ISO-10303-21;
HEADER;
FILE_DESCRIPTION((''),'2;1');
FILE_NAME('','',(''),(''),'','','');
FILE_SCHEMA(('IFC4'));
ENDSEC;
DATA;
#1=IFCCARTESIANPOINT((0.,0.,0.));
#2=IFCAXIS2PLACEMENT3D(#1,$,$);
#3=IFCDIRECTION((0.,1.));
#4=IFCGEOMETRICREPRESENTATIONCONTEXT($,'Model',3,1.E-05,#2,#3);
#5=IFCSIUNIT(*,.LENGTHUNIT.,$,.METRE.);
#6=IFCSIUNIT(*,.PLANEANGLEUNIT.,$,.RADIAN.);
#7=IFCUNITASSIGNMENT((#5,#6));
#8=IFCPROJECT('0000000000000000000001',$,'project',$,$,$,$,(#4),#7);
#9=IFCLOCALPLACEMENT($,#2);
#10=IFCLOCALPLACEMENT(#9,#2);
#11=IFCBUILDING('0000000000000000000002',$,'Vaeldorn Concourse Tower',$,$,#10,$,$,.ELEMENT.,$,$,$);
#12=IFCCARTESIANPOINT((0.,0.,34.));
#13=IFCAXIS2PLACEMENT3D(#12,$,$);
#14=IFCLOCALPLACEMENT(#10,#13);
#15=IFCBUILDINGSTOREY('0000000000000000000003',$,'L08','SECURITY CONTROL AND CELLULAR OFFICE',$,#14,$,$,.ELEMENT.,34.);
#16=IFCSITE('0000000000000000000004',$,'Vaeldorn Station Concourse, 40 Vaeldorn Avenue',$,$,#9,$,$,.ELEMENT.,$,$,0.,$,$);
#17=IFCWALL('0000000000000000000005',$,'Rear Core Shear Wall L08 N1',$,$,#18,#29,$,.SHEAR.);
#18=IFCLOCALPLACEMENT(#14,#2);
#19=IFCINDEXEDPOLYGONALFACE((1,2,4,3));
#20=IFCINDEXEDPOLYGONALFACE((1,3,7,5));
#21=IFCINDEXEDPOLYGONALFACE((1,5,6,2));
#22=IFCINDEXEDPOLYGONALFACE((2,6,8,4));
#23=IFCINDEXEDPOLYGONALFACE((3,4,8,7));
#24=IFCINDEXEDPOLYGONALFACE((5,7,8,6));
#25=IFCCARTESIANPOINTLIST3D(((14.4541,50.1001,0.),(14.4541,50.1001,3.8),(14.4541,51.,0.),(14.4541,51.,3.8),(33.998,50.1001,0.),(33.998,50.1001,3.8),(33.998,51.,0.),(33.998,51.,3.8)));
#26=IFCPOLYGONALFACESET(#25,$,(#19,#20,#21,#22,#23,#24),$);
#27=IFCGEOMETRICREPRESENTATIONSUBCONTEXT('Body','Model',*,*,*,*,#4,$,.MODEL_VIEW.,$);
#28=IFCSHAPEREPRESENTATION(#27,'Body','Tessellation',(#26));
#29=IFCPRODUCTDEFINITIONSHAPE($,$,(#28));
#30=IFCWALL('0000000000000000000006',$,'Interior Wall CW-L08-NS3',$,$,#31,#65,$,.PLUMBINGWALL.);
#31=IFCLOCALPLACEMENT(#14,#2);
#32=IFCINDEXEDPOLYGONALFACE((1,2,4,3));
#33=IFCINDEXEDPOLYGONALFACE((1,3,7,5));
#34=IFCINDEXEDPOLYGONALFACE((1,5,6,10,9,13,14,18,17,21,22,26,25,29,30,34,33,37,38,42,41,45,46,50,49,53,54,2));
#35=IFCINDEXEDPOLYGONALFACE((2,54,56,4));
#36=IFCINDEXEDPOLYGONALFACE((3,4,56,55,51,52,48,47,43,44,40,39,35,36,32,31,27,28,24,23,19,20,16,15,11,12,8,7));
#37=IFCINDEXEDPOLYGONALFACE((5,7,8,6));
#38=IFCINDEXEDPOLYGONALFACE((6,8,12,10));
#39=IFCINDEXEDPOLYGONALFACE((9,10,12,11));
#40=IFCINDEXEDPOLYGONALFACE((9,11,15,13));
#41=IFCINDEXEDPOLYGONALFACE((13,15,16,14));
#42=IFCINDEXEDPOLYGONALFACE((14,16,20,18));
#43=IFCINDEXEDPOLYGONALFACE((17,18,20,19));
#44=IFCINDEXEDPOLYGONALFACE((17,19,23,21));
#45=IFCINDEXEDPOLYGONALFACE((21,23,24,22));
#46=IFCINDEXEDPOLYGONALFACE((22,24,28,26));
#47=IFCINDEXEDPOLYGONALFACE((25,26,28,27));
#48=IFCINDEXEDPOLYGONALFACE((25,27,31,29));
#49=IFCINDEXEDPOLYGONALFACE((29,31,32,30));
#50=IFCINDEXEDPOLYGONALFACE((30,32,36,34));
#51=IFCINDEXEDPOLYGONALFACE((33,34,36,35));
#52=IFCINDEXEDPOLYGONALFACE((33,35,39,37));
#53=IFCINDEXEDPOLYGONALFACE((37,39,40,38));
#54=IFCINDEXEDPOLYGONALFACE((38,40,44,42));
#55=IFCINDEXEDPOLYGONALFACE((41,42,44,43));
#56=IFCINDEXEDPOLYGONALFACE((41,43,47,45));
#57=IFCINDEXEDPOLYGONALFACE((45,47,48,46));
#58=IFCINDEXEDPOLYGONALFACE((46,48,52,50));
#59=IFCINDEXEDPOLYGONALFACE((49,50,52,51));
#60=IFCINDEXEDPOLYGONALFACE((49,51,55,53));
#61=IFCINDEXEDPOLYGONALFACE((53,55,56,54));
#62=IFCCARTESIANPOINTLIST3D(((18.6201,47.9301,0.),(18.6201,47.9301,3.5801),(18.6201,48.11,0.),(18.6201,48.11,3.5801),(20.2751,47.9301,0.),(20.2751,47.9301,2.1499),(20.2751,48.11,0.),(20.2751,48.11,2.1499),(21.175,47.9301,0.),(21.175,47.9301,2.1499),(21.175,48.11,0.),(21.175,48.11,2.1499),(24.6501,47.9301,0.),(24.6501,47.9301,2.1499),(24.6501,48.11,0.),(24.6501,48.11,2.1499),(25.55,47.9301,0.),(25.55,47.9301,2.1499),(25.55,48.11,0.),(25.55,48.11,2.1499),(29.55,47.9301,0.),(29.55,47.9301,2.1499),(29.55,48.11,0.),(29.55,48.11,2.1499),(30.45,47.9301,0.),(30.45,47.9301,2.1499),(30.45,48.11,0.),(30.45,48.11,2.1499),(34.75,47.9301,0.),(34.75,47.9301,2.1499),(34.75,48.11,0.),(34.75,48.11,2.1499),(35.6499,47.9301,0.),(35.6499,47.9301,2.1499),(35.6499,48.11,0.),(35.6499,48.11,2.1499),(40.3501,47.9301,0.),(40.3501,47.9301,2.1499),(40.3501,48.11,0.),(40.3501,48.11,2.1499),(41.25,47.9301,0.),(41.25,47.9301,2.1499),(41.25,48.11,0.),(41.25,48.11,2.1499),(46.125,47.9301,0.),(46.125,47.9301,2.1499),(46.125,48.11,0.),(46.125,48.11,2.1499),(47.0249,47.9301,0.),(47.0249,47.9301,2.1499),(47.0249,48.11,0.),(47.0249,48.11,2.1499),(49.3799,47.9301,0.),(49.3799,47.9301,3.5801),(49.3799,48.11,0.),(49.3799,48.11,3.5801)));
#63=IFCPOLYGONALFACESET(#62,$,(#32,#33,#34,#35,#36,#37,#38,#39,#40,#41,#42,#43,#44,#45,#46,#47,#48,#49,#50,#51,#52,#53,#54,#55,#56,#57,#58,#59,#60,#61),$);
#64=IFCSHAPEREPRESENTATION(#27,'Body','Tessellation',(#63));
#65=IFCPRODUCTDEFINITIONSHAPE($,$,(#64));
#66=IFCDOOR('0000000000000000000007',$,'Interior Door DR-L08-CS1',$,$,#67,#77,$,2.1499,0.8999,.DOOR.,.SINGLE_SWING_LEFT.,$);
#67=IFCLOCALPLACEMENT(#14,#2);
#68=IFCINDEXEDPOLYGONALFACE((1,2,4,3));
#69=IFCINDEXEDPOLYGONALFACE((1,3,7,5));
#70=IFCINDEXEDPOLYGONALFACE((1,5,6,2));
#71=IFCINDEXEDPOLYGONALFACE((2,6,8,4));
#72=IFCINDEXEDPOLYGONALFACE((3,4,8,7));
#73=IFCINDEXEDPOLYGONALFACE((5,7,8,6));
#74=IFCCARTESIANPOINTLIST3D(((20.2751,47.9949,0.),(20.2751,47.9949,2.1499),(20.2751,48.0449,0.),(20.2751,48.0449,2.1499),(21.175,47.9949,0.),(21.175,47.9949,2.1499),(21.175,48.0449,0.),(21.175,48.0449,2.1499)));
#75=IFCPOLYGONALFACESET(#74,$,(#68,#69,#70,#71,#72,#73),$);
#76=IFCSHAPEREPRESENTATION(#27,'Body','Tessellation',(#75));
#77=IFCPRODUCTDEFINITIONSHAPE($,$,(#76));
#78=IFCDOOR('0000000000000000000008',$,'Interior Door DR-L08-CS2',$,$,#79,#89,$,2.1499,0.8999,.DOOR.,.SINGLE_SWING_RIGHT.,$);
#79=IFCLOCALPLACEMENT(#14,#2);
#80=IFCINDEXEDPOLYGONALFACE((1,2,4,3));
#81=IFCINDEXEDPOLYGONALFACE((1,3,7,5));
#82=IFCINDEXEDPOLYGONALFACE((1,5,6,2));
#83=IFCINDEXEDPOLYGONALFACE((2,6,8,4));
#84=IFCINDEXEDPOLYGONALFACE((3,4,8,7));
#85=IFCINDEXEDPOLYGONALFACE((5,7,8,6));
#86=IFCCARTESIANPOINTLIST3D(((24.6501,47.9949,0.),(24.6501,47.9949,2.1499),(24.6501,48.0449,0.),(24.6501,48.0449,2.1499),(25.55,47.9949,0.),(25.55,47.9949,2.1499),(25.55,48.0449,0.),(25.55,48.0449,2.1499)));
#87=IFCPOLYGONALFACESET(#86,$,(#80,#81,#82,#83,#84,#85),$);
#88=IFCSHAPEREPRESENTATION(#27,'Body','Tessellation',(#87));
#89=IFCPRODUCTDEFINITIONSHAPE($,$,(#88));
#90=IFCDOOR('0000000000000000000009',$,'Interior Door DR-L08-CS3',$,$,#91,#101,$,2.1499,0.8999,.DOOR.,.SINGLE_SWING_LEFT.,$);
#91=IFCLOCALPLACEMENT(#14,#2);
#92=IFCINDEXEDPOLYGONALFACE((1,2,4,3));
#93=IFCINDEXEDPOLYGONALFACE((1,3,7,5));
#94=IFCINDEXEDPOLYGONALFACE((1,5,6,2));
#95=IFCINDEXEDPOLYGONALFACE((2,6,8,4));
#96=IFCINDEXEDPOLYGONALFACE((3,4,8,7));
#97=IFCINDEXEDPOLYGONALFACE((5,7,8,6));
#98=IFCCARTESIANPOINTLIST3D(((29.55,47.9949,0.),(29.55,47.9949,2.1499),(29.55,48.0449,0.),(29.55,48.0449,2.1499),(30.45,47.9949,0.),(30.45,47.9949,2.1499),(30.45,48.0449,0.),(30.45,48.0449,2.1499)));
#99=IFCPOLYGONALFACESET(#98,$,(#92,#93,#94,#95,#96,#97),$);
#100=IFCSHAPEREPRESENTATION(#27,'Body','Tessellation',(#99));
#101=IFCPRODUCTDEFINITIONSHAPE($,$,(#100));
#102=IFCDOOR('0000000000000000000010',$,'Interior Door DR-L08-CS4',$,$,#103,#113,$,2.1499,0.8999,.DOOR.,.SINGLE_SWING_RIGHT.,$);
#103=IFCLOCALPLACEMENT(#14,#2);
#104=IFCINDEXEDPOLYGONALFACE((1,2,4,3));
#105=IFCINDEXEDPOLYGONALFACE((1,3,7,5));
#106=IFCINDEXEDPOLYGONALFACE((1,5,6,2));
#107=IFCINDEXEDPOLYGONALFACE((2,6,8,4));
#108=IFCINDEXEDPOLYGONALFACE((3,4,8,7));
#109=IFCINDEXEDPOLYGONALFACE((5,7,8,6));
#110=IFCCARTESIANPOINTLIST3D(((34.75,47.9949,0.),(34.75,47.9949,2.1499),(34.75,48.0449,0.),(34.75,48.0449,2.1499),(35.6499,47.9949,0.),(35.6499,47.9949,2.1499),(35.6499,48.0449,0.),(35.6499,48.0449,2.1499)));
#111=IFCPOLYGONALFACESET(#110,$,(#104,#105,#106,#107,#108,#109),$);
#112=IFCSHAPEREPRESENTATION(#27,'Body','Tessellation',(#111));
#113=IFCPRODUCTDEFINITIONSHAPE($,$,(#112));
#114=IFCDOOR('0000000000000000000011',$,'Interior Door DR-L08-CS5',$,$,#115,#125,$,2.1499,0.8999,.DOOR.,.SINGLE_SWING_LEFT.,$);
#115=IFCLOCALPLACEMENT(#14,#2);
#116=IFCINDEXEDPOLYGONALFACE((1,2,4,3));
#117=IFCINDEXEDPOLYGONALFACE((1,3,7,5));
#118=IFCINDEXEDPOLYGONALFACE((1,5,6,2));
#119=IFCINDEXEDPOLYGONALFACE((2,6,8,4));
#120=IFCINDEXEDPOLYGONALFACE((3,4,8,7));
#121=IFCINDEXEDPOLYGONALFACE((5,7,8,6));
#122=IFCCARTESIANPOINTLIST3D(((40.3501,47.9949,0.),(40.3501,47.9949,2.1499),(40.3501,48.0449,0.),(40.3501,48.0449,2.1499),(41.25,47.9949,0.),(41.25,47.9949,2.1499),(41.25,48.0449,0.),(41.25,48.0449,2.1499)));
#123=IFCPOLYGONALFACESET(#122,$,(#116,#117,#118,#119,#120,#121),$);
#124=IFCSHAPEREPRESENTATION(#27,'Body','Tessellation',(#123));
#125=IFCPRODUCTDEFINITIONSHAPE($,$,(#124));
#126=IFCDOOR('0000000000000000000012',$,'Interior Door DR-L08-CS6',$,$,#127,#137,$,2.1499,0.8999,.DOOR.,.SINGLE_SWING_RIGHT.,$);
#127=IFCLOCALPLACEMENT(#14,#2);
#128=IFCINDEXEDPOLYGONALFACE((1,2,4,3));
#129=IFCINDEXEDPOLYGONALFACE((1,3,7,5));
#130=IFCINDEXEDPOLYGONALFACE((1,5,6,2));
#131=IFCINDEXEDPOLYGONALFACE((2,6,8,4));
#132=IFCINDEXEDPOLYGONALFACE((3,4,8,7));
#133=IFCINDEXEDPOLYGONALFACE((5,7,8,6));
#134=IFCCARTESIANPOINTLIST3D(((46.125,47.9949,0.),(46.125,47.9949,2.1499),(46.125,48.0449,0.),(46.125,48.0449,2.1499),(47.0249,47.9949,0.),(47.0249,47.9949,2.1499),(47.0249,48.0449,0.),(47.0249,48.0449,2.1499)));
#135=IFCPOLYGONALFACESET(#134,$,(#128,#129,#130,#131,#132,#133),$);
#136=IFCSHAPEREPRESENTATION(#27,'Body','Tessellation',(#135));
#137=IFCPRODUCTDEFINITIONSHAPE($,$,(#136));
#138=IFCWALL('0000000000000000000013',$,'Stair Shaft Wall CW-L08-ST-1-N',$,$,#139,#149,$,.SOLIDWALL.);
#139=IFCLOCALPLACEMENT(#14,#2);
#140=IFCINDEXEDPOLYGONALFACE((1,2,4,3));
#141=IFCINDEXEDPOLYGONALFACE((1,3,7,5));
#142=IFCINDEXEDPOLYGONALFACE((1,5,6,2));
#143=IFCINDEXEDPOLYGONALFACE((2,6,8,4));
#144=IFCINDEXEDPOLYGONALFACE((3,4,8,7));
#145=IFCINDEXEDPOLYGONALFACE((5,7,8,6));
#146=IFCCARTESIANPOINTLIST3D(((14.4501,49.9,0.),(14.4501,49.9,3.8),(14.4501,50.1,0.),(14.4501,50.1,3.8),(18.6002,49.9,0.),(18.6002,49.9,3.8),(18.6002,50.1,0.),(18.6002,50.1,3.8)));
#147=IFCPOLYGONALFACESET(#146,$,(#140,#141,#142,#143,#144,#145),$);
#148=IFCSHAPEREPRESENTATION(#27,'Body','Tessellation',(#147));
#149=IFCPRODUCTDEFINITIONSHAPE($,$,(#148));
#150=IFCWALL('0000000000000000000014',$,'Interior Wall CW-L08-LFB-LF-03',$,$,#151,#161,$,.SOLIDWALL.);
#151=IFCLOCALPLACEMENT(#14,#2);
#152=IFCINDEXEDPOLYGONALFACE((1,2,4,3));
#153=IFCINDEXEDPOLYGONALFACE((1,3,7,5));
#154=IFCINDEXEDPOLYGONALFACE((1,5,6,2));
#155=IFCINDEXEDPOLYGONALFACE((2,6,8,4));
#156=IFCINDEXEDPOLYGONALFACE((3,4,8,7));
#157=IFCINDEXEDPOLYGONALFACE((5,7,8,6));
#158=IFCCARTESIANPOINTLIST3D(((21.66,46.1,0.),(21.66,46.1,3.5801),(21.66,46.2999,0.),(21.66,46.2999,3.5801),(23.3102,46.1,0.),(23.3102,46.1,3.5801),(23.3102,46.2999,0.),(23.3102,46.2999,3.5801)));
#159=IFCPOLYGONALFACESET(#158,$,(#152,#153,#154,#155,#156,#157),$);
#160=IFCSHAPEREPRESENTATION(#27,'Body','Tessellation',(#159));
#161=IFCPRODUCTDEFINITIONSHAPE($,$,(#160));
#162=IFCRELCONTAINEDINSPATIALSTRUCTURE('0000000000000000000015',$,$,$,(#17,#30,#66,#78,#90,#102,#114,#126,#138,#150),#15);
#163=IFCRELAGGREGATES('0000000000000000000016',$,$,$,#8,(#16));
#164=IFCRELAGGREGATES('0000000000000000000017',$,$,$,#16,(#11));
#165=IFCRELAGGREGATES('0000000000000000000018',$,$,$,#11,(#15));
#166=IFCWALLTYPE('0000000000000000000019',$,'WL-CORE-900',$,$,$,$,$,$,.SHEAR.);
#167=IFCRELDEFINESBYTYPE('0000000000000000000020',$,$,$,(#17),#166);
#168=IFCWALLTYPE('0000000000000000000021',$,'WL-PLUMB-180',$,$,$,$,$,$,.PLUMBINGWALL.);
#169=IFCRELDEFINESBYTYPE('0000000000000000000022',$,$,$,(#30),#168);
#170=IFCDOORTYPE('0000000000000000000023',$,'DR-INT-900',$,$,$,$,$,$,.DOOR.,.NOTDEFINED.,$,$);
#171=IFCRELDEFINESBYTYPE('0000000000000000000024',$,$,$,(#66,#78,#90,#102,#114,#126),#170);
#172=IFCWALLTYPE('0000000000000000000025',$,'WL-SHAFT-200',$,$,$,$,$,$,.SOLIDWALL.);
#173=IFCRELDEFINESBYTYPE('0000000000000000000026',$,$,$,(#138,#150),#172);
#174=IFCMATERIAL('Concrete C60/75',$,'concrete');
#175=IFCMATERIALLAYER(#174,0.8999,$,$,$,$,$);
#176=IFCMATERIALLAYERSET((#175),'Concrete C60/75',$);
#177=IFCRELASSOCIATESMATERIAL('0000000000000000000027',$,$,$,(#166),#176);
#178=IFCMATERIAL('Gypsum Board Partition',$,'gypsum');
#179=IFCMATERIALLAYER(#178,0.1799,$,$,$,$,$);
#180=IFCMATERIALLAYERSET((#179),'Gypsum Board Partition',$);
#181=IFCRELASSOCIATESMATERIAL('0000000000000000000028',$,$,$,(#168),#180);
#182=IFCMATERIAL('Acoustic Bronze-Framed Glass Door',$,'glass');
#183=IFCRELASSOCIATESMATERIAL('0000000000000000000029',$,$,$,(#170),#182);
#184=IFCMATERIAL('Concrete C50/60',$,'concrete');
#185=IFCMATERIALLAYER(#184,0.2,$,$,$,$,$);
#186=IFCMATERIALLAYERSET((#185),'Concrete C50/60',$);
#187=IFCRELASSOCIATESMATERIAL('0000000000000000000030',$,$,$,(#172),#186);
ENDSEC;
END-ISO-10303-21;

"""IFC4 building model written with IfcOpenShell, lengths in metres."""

from ifc_helpers import new_model, si_unit, direction, frame, frame_2d, origin, place, context, subcontext, project, spatial, rectangle, extrude, source, transform, mapped, material, layer, layer_set, type_object, element, fill, save


model = new_model("IFC4")

# Units and contexts
model_context = context("Model", 3, precision=1e-05, world=origin(), true_north=direction((0.0, 1.0)))
body_context = subcontext(model_context, "Body", "Model", "MODEL_VIEW")
ifc_project = project(units=[si_unit("LENGTHUNIT", "METRE"), si_unit("PLANEANGLEUNIT", "RADIAN")], contexts=[model_context])

# Site, building, storey
site_placement = place(None, origin())
site = spatial("IfcSite", under=ifc_project, at=site_placement, Name="Vaeldorn Station Concourse, 40 Vaeldorn Avenue", CompositionType="ELEMENT", RefElevation=0.0)
building_placement = place(site_placement, origin())
building = spatial("IfcBuilding", under=site, at=building_placement, Name="Vaeldorn Concourse Tower", CompositionType="ELEMENT")
storey_placement = place(building_placement, frame((0.0, 0.0, 34.0)))
storey = spatial("IfcBuildingStorey", under=building, at=storey_placement, Name="L08", Description="SECURITY CONTROL AND CELLULAR OFFICE", CompositionType="ELEMENT", Elevation=34.0)

# Wall
ifc_material_1 = material(Name="Concrete C60/75", Category="concrete")
ifc_layer_1 = layer(ifc_material_1, 0.8999)
ifc_layer_set_1 = layer_set([ifc_layer_1], Name="Concrete C60/75")
wall_type_1 = type_object("IfcWallType", Name="WL-CORE-900", PredefinedType="SHEAR", material=ifc_layer_set_1)
wall_1_placement = place(storey_placement, frame((14.4541, 50.55, 0.0), z_axis=(0.0, 0.0, 1.0), x_axis=(1.0, 0.0, 0.0)))
element("IfcWall", 1, at=wall_1_placement, inside=storey, type_object=wall_type_1, Name="Rear Core Shear Wall L08 N1", PredefinedType="SHEAR", context=body_context, shape_type="SweptSolid", body=[
    extrude(rectangle(XDim=19.5439, YDim=0.8999, at=frame_2d((9.772, 0.0))), origin(), (0.0, 0.0, 1.0), 3.8),
])

# Wall, openings, doors
ifc_material_2 = material(Name="Gypsum Board Partition", Category="gypsum")
ifc_layer_2 = layer(ifc_material_2, 0.1799)
ifc_layer_set_2 = layer_set([ifc_layer_2], Name="Gypsum Board Partition")
wall_type_2 = type_object("IfcWallType", Name="WL-PLUMB-180", PredefinedType="PLUMBINGWALL", material=ifc_layer_set_2)
wall_2_placement = place(storey_placement, frame((18.6201, 48.02, 0.0), z_axis=(0.0, 0.0, 1.0), x_axis=(1.0, 0.0, 0.0)))
wall_2 = element("IfcWall", 2, at=wall_2_placement, inside=storey, type_object=wall_type_2, Name="Interior Wall CW-L08-NS3", PredefinedType="PLUMBINGWALL", context=body_context, shape_type="SweptSolid", body=[
    extrude(rectangle(XDim=30.7598, YDim=0.1799, at=frame_2d((15.3799, 0.0))), origin(), (0.0, 0.0, 1.0), 3.5801),
])
opening_1_placement = place(wall_2_placement, frame((1.655, 0.0, 0.0)))
opening_1 = element("IfcOpeningElement", 3, at=opening_1_placement, cuts=wall_2, PredefinedType="OPENING", context=body_context, shape_type="SweptSolid", body=[
    extrude(rectangle(XDim=0.8999, YDim=2.1499, at=frame_2d((0.45, 1.075))), frame((0.0, 0.1001, 0.0), z_axis=(0.0, -1.0, 0.0), x_axis=(1.0, 0.0, 0.0)), (0.0, 0.0, 1.0), 0.2),
])
opening_2_placement = place(wall_2_placement, frame((6.03, 0.0, 0.0)))
opening_2 = element("IfcOpeningElement", 4, at=opening_2_placement, cuts=wall_2, PredefinedType="OPENING", context=body_context, shape_type="SweptSolid", body=[
    extrude(rectangle(XDim=0.8999, YDim=2.1499, at=frame_2d((0.45, 1.075))), frame((0.0, 0.1001, 0.0), z_axis=(0.0, -1.0, 0.0), x_axis=(1.0, 0.0, 0.0)), (0.0, 0.0, 1.0), 0.2),
])
opening_3_placement = place(wall_2_placement, frame((10.9299, 0.0, 0.0)))
opening_3 = element("IfcOpeningElement", 5, at=opening_3_placement, cuts=wall_2, PredefinedType="OPENING", context=body_context, shape_type="SweptSolid", body=[
    extrude(rectangle(XDim=0.8999, YDim=2.1499, at=frame_2d((0.45, 1.075))), frame((0.0, 0.1001, 0.0), z_axis=(0.0, -1.0, 0.0), x_axis=(1.0, 0.0, 0.0)), (0.0, 0.0, 1.0), 0.2),
])
opening_4_placement = place(wall_2_placement, frame((16.1299, 0.0, 0.0)))
opening_4 = element("IfcOpeningElement", 6, at=opening_4_placement, cuts=wall_2, PredefinedType="OPENING", context=body_context, shape_type="SweptSolid", body=[
    extrude(rectangle(XDim=0.8999, YDim=2.1499, at=frame_2d((0.45, 1.075))), frame((0.0, 0.1001, 0.0), z_axis=(0.0, -1.0, 0.0), x_axis=(1.0, 0.0, 0.0)), (0.0, 0.0, 1.0), 0.2),
])
opening_5_placement = place(wall_2_placement, frame((21.73, 0.0, 0.0)))
opening_5 = element("IfcOpeningElement", 7, at=opening_5_placement, cuts=wall_2, PredefinedType="OPENING", context=body_context, shape_type="SweptSolid", body=[
    extrude(rectangle(XDim=0.8999, YDim=2.1499, at=frame_2d((0.45, 1.075))), frame((0.0, 0.1001, 0.0), z_axis=(0.0, -1.0, 0.0), x_axis=(1.0, 0.0, 0.0)), (0.0, 0.0, 1.0), 0.2),
])
opening_6_placement = place(wall_2_placement, frame((27.5049, 0.0, 0.0)))
opening_6 = element("IfcOpeningElement", 8, at=opening_6_placement, cuts=wall_2, PredefinedType="OPENING", context=body_context, shape_type="SweptSolid", body=[
    extrude(rectangle(XDim=0.8999, YDim=2.1499, at=frame_2d((0.45, 1.075))), frame((0.0, 0.1001, 0.0), z_axis=(0.0, -1.0, 0.0), x_axis=(1.0, 0.0, 0.0)), (0.0, 0.0, 1.0), 0.2),
])
ifc_material_3 = material(Name="Acoustic Bronze-Framed Glass Door", Category="glass")
door_type_1 = type_object("IfcDoorType", Name="DR-INT-900", OperationType="NOTDEFINED", PredefinedType="DOOR", material=ifc_material_3)
shared_shape_1 = source(origin(), body_context, "Body", "SweptSolid", [
    extrude(rectangle(XDim=0.8999, YDim=2.1499, at=frame_2d((0.45, 1.075))), frame((0.0, 0.0249, 0.0), z_axis=(0.0, -1.0, 0.0), x_axis=(1.0, 0.0, 0.0)), (0.0, 0.0, 1.0), 0.05),
])
door_1_placement = place(opening_1_placement, origin())
door_1 = element("IfcDoor", 9, at=door_1_placement, inside=storey, type_object=door_type_1, Name="Interior Door DR-L08-CS1", OperationType="SINGLE_SWING_LEFT", OverallHeight=2.1499, OverallWidth=0.8999, PredefinedType="DOOR", context=body_context, shape_type="MappedRepresentation", body=[
    mapped(shared_shape_1, transform((0.0, 0.0, 0.0), scale=1.0)),
])
fill(opening_1, door_1)
door_2_placement = place(opening_2_placement, origin())
door_2 = element("IfcDoor", 10, at=door_2_placement, inside=storey, type_object=door_type_1, Name="Interior Door DR-L08-CS2", OperationType="SINGLE_SWING_RIGHT", OverallHeight=2.1499, OverallWidth=0.8999, PredefinedType="DOOR", context=body_context, shape_type="MappedRepresentation", body=[
    mapped(shared_shape_1, transform((0.0, 0.0, 0.0), scale=1.0)),
])
fill(opening_2, door_2)
door_3_placement = place(opening_3_placement, origin())
door_3 = element("IfcDoor", 11, at=door_3_placement, inside=storey, type_object=door_type_1, Name="Interior Door DR-L08-CS3", OperationType="SINGLE_SWING_LEFT", OverallHeight=2.1499, OverallWidth=0.8999, PredefinedType="DOOR", context=body_context, shape_type="MappedRepresentation", body=[
    mapped(shared_shape_1, transform((0.0, 0.0, 0.0), scale=1.0)),
])
fill(opening_3, door_3)
door_4_placement = place(opening_4_placement, origin())
door_4 = element("IfcDoor", 12, at=door_4_placement, inside=storey, type_object=door_type_1, Name="Interior Door DR-L08-CS4", OperationType="SINGLE_SWING_RIGHT", OverallHeight=2.1499, OverallWidth=0.8999, PredefinedType="DOOR", context=body_context, shape_type="MappedRepresentation", body=[
    mapped(shared_shape_1, transform((0.0, 0.0, 0.0), scale=1.0)),
])
fill(opening_4, door_4)
door_5_placement = place(opening_5_placement, origin())
door_5 = element("IfcDoor", 13, at=door_5_placement, inside=storey, type_object=door_type_1, Name="Interior Door DR-L08-CS5", OperationType="SINGLE_SWING_LEFT", OverallHeight=2.1499, OverallWidth=0.8999, PredefinedType="DOOR", context=body_context, shape_type="MappedRepresentation", body=[
    mapped(shared_shape_1, transform((0.0, 0.0, 0.0), scale=1.0)),
])
fill(opening_5, door_5)
door_6_placement = place(opening_6_placement, origin())
door_6 = element("IfcDoor", 14, at=door_6_placement, inside=storey, type_object=door_type_1, Name="Interior Door DR-L08-CS6", OperationType="SINGLE_SWING_RIGHT", OverallHeight=2.1499, OverallWidth=0.8999, PredefinedType="DOOR", context=body_context, shape_type="MappedRepresentation", body=[
    mapped(shared_shape_1, transform((0.0, 0.0, 0.0), scale=1.0)),
])
fill(opening_6, door_6)

# Wall
ifc_material_4 = material(Name="Concrete C50/60", Category="concrete")
ifc_layer_3 = layer(ifc_material_4, 0.2)
ifc_layer_set_3 = layer_set([ifc_layer_3], Name="Concrete C50/60")
wall_type_3 = type_object("IfcWallType", Name="WL-SHAFT-200", PredefinedType="SOLIDWALL", material=ifc_layer_set_3)
wall_3_placement = place(storey_placement, frame((14.45, 50.0, 0.0), z_axis=(0.0, 0.0, 1.0), x_axis=(1.0, 0.0, 0.0)))
element("IfcWall", 15, at=wall_3_placement, inside=storey, type_object=wall_type_3, Name="Stair Shaft Wall CW-L08-ST-1-N", PredefinedType="SOLIDWALL", context=body_context, shape_type="SweptSolid", body=[
    extrude(rectangle(XDim=4.1501, YDim=0.2, at=frame_2d((2.0752, 0.0))), origin(), (0.0, 0.0, 1.0), 3.8),
])

# Wall
wall_4_placement = place(storey_placement, frame((21.6599, 46.2, 0.0), z_axis=(0.0, 0.0, 1.0), x_axis=(1.0, 0.0, 0.0)))
element("IfcWall", 16, at=wall_4_placement, inside=storey, type_object=wall_type_3, Name="Interior Wall CW-L08-LFB-LF-03", PredefinedType="SOLIDWALL", context=body_context, shape_type="SweptSolid", body=[
    extrude(rectangle(XDim=1.6501, YDim=0.2, at=frame_2d((0.8252, 0.0))), origin(), (0.0, 0.0, 1.0), 3.5801),
])

save(model, "model.ifc")
